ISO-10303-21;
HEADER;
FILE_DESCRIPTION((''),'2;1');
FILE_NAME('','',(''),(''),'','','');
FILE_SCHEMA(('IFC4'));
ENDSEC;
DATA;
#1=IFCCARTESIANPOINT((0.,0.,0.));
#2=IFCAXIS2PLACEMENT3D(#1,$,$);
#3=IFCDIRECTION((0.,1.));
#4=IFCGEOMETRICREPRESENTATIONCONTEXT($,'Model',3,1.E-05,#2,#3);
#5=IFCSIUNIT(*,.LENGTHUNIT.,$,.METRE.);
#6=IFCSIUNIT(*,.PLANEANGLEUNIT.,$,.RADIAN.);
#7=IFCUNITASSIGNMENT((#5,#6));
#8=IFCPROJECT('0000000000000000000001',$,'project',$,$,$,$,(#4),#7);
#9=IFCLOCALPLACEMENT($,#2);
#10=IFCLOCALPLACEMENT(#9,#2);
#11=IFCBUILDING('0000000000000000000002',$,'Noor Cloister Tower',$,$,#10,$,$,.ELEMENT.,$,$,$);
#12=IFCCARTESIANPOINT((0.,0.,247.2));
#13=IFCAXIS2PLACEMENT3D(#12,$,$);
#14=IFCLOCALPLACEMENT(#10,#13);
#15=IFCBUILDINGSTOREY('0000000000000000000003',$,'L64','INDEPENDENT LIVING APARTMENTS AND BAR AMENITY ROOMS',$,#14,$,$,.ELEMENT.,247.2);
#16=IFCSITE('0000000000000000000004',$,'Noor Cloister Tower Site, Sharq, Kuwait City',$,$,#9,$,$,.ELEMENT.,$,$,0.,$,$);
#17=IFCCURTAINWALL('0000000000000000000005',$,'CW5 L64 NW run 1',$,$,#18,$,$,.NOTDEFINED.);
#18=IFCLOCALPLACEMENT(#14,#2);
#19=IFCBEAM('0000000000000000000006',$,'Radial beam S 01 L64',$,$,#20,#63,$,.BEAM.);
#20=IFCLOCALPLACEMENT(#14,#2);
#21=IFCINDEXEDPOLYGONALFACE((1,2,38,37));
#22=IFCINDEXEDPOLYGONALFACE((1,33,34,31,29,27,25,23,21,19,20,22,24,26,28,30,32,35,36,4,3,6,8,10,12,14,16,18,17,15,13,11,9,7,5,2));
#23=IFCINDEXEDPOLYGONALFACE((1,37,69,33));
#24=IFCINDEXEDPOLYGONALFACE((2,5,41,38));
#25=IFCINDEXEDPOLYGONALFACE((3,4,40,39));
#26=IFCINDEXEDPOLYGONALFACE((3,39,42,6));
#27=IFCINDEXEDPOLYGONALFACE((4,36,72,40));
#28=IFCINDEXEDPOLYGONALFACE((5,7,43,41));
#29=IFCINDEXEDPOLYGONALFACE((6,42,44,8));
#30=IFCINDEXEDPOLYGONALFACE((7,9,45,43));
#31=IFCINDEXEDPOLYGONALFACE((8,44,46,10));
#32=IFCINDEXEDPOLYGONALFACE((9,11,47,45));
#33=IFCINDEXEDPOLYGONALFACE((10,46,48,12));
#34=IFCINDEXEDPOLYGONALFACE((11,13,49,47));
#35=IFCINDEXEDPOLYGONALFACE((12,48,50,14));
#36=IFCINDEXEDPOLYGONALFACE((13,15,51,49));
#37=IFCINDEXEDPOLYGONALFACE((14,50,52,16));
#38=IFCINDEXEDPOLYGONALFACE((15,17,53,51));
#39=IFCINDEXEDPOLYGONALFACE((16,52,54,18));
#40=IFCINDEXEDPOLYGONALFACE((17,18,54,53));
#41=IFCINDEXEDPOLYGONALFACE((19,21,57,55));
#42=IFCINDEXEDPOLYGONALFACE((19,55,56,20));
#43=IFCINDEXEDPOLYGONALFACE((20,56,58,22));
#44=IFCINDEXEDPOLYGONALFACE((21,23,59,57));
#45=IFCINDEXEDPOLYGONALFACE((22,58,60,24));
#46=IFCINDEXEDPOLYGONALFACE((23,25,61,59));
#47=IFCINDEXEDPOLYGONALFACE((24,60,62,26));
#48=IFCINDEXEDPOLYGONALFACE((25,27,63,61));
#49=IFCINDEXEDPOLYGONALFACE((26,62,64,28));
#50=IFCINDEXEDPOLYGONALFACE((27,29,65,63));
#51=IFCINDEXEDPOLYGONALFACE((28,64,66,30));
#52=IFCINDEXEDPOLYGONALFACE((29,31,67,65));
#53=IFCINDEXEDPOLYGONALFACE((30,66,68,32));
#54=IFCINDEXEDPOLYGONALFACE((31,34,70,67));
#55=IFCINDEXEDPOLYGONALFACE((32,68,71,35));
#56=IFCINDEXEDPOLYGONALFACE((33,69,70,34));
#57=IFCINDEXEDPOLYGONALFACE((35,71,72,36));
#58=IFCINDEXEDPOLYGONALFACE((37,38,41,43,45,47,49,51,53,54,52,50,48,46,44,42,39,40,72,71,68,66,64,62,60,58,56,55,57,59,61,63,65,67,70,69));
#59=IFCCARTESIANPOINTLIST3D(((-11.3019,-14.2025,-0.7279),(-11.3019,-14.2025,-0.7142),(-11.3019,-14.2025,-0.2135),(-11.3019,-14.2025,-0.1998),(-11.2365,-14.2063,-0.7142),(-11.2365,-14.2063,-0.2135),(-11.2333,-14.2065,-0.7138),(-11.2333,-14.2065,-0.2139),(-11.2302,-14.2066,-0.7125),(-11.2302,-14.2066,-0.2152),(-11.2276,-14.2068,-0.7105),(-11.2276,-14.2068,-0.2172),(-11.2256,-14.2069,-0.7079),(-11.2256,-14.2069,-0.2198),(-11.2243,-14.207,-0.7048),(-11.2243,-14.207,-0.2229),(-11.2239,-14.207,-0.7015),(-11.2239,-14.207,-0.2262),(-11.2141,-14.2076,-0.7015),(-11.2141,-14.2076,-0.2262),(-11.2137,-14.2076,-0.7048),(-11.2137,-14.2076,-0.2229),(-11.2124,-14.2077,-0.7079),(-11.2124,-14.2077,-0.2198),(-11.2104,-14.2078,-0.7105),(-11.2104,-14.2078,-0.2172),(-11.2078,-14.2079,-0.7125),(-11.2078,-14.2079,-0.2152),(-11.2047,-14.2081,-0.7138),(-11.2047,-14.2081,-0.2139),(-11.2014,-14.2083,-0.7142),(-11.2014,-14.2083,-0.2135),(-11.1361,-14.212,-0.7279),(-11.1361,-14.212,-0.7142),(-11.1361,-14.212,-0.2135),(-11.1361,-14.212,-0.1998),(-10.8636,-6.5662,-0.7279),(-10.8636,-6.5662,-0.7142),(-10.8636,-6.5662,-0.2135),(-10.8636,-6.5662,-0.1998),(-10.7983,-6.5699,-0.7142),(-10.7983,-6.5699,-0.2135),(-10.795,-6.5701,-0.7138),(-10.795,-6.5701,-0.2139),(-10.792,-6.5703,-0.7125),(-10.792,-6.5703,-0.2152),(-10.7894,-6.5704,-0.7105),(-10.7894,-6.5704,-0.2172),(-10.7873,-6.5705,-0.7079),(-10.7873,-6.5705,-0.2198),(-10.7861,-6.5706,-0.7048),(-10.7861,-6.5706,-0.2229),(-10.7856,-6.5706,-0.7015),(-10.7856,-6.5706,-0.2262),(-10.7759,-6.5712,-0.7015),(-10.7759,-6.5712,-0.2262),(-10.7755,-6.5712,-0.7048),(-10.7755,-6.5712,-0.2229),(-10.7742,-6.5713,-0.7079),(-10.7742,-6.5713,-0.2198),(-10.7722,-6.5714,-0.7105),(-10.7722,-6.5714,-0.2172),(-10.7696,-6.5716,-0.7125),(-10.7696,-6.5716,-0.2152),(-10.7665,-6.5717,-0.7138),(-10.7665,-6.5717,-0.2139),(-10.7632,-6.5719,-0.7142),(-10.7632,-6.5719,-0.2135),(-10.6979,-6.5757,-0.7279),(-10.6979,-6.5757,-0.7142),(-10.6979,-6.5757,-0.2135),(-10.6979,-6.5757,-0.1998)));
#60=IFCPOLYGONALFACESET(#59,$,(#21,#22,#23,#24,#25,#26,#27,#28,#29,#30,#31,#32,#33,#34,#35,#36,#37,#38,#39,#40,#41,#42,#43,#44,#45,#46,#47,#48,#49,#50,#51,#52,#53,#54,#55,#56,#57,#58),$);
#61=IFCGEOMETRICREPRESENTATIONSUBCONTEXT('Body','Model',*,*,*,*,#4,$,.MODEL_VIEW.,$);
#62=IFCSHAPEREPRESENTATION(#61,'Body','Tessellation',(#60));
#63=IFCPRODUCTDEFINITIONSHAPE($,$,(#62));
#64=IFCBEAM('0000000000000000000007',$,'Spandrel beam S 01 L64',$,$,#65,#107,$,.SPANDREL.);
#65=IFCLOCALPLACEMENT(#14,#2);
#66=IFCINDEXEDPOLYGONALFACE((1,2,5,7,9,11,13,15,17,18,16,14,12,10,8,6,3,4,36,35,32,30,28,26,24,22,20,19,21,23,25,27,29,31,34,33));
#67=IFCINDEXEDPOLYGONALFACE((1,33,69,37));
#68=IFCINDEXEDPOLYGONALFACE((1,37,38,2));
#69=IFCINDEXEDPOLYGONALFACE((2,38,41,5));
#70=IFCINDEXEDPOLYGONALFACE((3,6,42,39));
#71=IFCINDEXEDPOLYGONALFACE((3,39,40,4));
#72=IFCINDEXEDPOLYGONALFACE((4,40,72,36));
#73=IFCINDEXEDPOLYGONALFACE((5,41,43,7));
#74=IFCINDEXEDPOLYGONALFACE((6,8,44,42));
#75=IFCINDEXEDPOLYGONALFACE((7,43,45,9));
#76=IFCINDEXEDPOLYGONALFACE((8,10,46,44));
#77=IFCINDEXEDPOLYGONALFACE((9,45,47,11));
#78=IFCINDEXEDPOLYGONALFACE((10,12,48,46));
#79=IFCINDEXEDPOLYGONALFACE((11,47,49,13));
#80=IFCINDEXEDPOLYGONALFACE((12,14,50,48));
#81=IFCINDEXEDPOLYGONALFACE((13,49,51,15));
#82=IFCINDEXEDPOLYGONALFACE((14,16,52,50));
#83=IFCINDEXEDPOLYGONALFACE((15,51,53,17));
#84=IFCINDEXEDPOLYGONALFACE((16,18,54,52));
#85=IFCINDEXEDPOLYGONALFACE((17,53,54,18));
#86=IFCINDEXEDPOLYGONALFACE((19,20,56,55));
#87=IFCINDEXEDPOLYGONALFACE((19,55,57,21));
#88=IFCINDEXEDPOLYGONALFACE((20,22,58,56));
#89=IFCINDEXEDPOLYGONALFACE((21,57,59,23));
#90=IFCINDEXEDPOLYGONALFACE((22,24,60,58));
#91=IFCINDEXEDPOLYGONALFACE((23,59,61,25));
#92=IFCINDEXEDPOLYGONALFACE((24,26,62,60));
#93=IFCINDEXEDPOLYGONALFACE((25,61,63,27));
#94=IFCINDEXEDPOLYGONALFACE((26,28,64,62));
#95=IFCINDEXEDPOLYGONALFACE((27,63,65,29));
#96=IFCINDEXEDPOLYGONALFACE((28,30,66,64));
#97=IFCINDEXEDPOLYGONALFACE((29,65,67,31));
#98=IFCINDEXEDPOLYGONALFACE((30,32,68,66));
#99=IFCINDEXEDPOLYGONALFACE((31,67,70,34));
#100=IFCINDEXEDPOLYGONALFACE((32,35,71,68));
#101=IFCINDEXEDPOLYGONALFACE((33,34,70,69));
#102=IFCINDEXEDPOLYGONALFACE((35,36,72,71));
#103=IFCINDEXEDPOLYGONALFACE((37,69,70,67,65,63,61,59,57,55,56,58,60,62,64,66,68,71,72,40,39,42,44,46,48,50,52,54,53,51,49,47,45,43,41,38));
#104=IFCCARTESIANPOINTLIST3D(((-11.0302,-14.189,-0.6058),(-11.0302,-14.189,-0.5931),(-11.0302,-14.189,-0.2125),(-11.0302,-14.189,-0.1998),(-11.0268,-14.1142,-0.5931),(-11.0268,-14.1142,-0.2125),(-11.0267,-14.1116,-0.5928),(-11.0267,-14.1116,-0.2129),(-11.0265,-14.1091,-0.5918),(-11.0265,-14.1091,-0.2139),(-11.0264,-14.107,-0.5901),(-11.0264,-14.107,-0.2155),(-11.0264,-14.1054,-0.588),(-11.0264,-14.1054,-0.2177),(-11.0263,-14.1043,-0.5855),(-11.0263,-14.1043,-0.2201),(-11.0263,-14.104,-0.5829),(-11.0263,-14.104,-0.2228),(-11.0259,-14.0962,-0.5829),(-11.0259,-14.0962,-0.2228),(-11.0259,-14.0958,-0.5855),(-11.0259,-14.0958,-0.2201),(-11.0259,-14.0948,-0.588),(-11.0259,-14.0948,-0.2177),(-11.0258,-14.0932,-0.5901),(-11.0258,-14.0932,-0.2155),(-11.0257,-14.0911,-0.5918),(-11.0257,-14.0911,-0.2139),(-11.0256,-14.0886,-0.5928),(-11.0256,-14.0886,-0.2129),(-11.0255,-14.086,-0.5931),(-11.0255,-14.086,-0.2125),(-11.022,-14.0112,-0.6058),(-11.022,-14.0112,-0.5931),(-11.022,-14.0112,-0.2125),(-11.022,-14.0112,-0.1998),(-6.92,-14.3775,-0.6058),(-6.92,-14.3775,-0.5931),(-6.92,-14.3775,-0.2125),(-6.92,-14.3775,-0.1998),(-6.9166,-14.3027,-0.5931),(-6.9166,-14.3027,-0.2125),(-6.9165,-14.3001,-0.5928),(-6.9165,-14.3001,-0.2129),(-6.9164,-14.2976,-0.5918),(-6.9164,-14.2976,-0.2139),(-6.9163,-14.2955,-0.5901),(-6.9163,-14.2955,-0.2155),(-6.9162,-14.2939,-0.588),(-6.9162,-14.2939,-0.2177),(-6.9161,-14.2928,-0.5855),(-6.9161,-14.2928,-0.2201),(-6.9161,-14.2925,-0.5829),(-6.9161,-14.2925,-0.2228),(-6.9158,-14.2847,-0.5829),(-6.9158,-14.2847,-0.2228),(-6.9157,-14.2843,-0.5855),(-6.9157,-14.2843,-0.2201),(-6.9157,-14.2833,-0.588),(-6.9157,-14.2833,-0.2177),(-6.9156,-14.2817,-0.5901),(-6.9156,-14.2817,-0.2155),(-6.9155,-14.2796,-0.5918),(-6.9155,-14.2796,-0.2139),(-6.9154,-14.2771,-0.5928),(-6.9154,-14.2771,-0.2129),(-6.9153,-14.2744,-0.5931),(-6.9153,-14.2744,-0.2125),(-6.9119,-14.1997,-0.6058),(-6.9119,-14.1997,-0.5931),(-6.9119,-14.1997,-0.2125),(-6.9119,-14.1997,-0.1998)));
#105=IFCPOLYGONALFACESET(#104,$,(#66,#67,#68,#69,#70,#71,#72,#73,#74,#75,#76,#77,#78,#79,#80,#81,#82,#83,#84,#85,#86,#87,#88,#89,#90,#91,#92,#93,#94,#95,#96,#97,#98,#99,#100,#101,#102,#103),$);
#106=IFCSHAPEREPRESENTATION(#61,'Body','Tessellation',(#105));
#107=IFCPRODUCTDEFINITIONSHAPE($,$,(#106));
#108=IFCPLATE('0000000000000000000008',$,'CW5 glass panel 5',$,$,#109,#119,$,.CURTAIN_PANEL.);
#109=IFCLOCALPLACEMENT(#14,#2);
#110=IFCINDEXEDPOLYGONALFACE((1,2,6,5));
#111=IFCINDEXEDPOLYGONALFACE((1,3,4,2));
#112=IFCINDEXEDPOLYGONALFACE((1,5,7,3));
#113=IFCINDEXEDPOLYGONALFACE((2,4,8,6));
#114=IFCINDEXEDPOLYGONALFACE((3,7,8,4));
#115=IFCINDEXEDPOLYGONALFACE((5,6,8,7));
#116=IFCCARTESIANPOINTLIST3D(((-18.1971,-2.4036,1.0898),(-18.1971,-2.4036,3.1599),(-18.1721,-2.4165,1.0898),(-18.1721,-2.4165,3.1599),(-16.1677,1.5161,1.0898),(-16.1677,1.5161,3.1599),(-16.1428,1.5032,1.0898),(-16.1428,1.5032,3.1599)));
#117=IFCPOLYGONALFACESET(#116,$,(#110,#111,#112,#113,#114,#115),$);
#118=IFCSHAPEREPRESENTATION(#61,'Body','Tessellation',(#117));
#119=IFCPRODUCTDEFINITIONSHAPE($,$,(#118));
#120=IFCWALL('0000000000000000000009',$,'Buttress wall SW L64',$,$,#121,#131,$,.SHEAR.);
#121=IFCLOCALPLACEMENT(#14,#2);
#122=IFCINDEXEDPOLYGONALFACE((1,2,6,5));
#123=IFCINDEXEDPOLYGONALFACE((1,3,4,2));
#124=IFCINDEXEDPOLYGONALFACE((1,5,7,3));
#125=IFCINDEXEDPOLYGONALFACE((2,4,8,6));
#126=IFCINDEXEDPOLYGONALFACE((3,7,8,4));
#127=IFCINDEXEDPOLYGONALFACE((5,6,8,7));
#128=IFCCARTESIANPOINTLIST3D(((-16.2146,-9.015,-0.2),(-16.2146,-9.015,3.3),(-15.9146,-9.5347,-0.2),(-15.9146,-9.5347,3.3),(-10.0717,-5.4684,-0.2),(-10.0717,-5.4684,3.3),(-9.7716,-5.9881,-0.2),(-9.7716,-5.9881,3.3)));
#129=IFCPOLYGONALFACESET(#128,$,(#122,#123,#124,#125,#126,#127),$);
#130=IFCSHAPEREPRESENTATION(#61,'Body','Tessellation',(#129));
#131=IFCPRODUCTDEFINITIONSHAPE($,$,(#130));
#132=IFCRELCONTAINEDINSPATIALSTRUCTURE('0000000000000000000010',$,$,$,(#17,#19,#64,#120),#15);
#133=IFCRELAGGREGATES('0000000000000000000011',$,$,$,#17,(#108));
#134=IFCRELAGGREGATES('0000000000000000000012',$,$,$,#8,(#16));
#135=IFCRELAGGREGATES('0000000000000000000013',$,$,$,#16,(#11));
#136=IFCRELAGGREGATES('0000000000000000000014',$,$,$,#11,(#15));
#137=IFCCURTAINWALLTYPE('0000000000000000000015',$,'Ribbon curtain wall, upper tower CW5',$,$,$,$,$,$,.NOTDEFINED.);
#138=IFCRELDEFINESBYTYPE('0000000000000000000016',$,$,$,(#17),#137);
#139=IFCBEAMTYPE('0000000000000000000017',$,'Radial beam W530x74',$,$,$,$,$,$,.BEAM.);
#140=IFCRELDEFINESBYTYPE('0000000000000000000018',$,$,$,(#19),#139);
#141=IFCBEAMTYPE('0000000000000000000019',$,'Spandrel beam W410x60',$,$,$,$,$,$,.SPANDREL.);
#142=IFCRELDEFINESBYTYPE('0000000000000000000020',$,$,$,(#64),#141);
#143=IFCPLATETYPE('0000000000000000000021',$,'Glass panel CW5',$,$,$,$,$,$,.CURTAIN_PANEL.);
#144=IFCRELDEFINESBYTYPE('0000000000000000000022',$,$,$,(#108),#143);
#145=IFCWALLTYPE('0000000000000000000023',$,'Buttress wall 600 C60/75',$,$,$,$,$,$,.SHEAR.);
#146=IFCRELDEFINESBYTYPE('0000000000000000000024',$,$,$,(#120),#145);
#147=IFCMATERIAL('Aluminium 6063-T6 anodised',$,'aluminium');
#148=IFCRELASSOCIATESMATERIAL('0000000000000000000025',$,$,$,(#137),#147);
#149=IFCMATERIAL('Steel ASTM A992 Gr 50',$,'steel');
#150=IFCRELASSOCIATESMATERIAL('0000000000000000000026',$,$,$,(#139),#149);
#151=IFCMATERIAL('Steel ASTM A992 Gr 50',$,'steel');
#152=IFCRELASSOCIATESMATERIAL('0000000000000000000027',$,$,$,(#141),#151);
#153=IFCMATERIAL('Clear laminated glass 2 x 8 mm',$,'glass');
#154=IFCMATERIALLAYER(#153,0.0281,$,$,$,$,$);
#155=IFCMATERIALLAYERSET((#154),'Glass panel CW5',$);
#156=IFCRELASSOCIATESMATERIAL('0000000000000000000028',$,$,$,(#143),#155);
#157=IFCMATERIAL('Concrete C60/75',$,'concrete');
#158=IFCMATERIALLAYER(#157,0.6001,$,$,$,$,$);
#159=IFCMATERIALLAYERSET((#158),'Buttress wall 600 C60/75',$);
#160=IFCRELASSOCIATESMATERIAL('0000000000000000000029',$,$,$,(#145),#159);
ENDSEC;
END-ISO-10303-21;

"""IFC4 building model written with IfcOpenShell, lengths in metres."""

from ifc_helpers import new_model, si_unit, direction, frame, frame_2d, origin, origin_2d, place, context, subcontext, project, spatial, rectangle, i_section, extrude, material, layer, layer_set, material_profile, profile_set, type_object, element, aggregate, save


model = new_model("IFC4")

# Units and contexts
model_context = context("Model", 3, precision=1e-05, world=origin(), true_north=direction((0.0, 1.0)))
body_context = subcontext(model_context, "Body", "Model", "MODEL_VIEW")
ifc_project = project(units=[si_unit("LENGTHUNIT", "METRE"), si_unit("PLANEANGLEUNIT", "RADIAN")], contexts=[model_context])

# Site, building, storey
site_placement = place(None, origin())
site = spatial("IfcSite", under=ifc_project, at=site_placement, Name="Noor Cloister Tower Site, Sharq, Kuwait City", CompositionType="ELEMENT", RefElevation=0.0)
building_placement = place(site_placement, origin())
building = spatial("IfcBuilding", under=site, at=building_placement, Name="Noor Cloister Tower", CompositionType="ELEMENT")
storey_placement = place(building_placement, frame((0.0, 0.0, 247.2)))
storey = spatial("IfcBuildingStorey", under=building, at=storey_placement, Name="L64", Description="INDEPENDENT LIVING APARTMENTS AND BAR AMENITY ROOMS", CompositionType="ELEMENT", Elevation=247.2)

# Curtain wall
ifc_material_1 = material(Name="Aluminium 6063-T6 anodised", Category="aluminium")
curtain_wall_type = type_object("IfcCurtainWallType", Name="Ribbon curtain wall, upper tower CW5", PredefinedType="NOTDEFINED", material=ifc_material_1)
curtain_wall_1_placement = place(storey_placement, origin())
curtain_wall_1 = element("IfcCurtainWall", 1, at=curtain_wall_1_placement, inside=storey, type_object=curtain_wall_type, Name="CW5 L64 NW run 1", PredefinedType="NOTDEFINED")

# Beams
ifc_material_2 = material(Name="Steel ASTM A992 Gr 50", Category="steel")
ifc_material_profile_1 = material_profile(ifc_material_2, i_section(OverallWidth=0.166, OverallDepth=0.5281, WebThickness=0.0098, FlangeThickness=0.0137, FilletRadius=0.0127, at=origin_2d()), Name="W530x74")
ifc_profile_set_1 = profile_set([ifc_material_profile_1], Name="Steel ASTM A992 Gr 50")
beam_type_1 = type_object("IfcBeamType", Name="Radial beam W530x74", PredefinedType="BEAM", material=ifc_profile_set_1)
beam_1_placement = place(storey_placement, frame((-11.219, -14.2073, -0.4639), z_axis=(0.057292, 0.998357, 0.0), x_axis=(-0.998357, 0.057292, 0.0)))
element("IfcBeam", 2, at=beam_1_placement, inside=storey, type_object=beam_type_1, Name="Radial beam S 01 L64", PredefinedType="BEAM", context=body_context, shape_type="SweptSolid", body=[
    extrude(i_section(OverallWidth=0.166, OverallDepth=0.5281, WebThickness=0.0098, FlangeThickness=0.0137, FilletRadius=0.0127, at=origin_2d()), origin(), (0.0, 0.0, 1.0), 7.6489),
])
ifc_material_3 = material(Name="Steel ASTM A992 Gr 50", Category="steel")
ifc_material_profile_2 = material_profile(ifc_material_3, i_section(OverallWidth=0.178, OverallDepth=0.406, WebThickness=0.0078, FlangeThickness=0.0127, FilletRadius=0.0103, at=origin_2d()), Name="W410x60")
ifc_profile_set_2 = profile_set([ifc_material_profile_2], Name="Steel ASTM A992 Gr 50")
beam_type_2 = type_object("IfcBeamType", Name="Spandrel beam W410x60", PredefinedType="SPANDREL", material=ifc_profile_set_2)
beam_2_placement = place(storey_placement, frame((-11.0261, -14.1001, -0.4028), z_axis=(0.99895, -0.045809, 0.0), x_axis=(0.045809, 0.99895, 0.0)))
element("IfcBeam", 3, at=beam_2_placement, inside=storey, type_object=beam_type_2, Name="Spandrel beam S 01 L64", PredefinedType="SPANDREL", context=body_context, shape_type="SweptSolid", body=[
    extrude(i_section(OverallWidth=0.178, OverallDepth=0.406, WebThickness=0.0078, FlangeThickness=0.0127, FilletRadius=0.0103, at=origin_2d()), origin(), (0.0, 0.0, 1.0), 4.1145),
])

# Plate
ifc_material_4 = material(Name="Clear laminated glass 2 x 8 mm", Category="glass")
ifc_layer_1 = layer(ifc_material_4, 0.0281)
ifc_layer_set_1 = layer_set([ifc_layer_1], Name="Glass panel CW5")
plate_type = type_object("IfcPlateType", Name="Glass panel CW5", PredefinedType="CURTAIN_PANEL", material=ifc_layer_set_1)
plate_placement = place(storey_placement, frame((-17.1699, -0.4502, 1.0898), z_axis=(0.0, 0.0, 1.0), x_axis=(-0.459778, -0.888034, 0.0)))
plate = element("IfcPlate", 4, at=plate_placement, type_object=plate_type, Name="CW5 glass panel 5", PredefinedType="CURTAIN_PANEL", context=body_context, shape_type="SweptSolid", body=[
    extrude(rectangle(XDim=4.4138, YDim=0.0281, at=origin_2d()), origin(), (0.0, 0.0, 1.0), 2.0701),
])
aggregate(curtain_wall_1, [plate])

# Wall
ifc_material_5 = material(Name="Concrete C60/75", Category="concrete")
ifc_layer_2 = layer(ifc_material_5, 0.6001)
ifc_layer_set_2 = layer_set([ifc_layer_2], Name="Buttress wall 600 C60/75")
wall_type_1 = type_object("IfcWallType", Name="Buttress wall 600 C60/75", PredefinedType="SHEAR", material=ifc_layer_set_2)
wall_1_placement = place(storey_placement, frame((-9.9216, -5.7283, -0.2), z_axis=(0.0, 0.0, 1.0), x_axis=(-0.86603, -0.499993, 0.0)))
element("IfcWall", 5, at=wall_1_placement, inside=storey, type_object=wall_type_1, Name="Buttress wall SW L64", PredefinedType="SHEAR", context=body_context, shape_type="SweptSolid", body=[
    extrude(rectangle(XDim=7.0933, YDim=0.6001, at=frame_2d((3.5466, 0.0))), origin(), (0.0, 0.0, 1.0), 3.5),
])

save(model, "model.ifc")
